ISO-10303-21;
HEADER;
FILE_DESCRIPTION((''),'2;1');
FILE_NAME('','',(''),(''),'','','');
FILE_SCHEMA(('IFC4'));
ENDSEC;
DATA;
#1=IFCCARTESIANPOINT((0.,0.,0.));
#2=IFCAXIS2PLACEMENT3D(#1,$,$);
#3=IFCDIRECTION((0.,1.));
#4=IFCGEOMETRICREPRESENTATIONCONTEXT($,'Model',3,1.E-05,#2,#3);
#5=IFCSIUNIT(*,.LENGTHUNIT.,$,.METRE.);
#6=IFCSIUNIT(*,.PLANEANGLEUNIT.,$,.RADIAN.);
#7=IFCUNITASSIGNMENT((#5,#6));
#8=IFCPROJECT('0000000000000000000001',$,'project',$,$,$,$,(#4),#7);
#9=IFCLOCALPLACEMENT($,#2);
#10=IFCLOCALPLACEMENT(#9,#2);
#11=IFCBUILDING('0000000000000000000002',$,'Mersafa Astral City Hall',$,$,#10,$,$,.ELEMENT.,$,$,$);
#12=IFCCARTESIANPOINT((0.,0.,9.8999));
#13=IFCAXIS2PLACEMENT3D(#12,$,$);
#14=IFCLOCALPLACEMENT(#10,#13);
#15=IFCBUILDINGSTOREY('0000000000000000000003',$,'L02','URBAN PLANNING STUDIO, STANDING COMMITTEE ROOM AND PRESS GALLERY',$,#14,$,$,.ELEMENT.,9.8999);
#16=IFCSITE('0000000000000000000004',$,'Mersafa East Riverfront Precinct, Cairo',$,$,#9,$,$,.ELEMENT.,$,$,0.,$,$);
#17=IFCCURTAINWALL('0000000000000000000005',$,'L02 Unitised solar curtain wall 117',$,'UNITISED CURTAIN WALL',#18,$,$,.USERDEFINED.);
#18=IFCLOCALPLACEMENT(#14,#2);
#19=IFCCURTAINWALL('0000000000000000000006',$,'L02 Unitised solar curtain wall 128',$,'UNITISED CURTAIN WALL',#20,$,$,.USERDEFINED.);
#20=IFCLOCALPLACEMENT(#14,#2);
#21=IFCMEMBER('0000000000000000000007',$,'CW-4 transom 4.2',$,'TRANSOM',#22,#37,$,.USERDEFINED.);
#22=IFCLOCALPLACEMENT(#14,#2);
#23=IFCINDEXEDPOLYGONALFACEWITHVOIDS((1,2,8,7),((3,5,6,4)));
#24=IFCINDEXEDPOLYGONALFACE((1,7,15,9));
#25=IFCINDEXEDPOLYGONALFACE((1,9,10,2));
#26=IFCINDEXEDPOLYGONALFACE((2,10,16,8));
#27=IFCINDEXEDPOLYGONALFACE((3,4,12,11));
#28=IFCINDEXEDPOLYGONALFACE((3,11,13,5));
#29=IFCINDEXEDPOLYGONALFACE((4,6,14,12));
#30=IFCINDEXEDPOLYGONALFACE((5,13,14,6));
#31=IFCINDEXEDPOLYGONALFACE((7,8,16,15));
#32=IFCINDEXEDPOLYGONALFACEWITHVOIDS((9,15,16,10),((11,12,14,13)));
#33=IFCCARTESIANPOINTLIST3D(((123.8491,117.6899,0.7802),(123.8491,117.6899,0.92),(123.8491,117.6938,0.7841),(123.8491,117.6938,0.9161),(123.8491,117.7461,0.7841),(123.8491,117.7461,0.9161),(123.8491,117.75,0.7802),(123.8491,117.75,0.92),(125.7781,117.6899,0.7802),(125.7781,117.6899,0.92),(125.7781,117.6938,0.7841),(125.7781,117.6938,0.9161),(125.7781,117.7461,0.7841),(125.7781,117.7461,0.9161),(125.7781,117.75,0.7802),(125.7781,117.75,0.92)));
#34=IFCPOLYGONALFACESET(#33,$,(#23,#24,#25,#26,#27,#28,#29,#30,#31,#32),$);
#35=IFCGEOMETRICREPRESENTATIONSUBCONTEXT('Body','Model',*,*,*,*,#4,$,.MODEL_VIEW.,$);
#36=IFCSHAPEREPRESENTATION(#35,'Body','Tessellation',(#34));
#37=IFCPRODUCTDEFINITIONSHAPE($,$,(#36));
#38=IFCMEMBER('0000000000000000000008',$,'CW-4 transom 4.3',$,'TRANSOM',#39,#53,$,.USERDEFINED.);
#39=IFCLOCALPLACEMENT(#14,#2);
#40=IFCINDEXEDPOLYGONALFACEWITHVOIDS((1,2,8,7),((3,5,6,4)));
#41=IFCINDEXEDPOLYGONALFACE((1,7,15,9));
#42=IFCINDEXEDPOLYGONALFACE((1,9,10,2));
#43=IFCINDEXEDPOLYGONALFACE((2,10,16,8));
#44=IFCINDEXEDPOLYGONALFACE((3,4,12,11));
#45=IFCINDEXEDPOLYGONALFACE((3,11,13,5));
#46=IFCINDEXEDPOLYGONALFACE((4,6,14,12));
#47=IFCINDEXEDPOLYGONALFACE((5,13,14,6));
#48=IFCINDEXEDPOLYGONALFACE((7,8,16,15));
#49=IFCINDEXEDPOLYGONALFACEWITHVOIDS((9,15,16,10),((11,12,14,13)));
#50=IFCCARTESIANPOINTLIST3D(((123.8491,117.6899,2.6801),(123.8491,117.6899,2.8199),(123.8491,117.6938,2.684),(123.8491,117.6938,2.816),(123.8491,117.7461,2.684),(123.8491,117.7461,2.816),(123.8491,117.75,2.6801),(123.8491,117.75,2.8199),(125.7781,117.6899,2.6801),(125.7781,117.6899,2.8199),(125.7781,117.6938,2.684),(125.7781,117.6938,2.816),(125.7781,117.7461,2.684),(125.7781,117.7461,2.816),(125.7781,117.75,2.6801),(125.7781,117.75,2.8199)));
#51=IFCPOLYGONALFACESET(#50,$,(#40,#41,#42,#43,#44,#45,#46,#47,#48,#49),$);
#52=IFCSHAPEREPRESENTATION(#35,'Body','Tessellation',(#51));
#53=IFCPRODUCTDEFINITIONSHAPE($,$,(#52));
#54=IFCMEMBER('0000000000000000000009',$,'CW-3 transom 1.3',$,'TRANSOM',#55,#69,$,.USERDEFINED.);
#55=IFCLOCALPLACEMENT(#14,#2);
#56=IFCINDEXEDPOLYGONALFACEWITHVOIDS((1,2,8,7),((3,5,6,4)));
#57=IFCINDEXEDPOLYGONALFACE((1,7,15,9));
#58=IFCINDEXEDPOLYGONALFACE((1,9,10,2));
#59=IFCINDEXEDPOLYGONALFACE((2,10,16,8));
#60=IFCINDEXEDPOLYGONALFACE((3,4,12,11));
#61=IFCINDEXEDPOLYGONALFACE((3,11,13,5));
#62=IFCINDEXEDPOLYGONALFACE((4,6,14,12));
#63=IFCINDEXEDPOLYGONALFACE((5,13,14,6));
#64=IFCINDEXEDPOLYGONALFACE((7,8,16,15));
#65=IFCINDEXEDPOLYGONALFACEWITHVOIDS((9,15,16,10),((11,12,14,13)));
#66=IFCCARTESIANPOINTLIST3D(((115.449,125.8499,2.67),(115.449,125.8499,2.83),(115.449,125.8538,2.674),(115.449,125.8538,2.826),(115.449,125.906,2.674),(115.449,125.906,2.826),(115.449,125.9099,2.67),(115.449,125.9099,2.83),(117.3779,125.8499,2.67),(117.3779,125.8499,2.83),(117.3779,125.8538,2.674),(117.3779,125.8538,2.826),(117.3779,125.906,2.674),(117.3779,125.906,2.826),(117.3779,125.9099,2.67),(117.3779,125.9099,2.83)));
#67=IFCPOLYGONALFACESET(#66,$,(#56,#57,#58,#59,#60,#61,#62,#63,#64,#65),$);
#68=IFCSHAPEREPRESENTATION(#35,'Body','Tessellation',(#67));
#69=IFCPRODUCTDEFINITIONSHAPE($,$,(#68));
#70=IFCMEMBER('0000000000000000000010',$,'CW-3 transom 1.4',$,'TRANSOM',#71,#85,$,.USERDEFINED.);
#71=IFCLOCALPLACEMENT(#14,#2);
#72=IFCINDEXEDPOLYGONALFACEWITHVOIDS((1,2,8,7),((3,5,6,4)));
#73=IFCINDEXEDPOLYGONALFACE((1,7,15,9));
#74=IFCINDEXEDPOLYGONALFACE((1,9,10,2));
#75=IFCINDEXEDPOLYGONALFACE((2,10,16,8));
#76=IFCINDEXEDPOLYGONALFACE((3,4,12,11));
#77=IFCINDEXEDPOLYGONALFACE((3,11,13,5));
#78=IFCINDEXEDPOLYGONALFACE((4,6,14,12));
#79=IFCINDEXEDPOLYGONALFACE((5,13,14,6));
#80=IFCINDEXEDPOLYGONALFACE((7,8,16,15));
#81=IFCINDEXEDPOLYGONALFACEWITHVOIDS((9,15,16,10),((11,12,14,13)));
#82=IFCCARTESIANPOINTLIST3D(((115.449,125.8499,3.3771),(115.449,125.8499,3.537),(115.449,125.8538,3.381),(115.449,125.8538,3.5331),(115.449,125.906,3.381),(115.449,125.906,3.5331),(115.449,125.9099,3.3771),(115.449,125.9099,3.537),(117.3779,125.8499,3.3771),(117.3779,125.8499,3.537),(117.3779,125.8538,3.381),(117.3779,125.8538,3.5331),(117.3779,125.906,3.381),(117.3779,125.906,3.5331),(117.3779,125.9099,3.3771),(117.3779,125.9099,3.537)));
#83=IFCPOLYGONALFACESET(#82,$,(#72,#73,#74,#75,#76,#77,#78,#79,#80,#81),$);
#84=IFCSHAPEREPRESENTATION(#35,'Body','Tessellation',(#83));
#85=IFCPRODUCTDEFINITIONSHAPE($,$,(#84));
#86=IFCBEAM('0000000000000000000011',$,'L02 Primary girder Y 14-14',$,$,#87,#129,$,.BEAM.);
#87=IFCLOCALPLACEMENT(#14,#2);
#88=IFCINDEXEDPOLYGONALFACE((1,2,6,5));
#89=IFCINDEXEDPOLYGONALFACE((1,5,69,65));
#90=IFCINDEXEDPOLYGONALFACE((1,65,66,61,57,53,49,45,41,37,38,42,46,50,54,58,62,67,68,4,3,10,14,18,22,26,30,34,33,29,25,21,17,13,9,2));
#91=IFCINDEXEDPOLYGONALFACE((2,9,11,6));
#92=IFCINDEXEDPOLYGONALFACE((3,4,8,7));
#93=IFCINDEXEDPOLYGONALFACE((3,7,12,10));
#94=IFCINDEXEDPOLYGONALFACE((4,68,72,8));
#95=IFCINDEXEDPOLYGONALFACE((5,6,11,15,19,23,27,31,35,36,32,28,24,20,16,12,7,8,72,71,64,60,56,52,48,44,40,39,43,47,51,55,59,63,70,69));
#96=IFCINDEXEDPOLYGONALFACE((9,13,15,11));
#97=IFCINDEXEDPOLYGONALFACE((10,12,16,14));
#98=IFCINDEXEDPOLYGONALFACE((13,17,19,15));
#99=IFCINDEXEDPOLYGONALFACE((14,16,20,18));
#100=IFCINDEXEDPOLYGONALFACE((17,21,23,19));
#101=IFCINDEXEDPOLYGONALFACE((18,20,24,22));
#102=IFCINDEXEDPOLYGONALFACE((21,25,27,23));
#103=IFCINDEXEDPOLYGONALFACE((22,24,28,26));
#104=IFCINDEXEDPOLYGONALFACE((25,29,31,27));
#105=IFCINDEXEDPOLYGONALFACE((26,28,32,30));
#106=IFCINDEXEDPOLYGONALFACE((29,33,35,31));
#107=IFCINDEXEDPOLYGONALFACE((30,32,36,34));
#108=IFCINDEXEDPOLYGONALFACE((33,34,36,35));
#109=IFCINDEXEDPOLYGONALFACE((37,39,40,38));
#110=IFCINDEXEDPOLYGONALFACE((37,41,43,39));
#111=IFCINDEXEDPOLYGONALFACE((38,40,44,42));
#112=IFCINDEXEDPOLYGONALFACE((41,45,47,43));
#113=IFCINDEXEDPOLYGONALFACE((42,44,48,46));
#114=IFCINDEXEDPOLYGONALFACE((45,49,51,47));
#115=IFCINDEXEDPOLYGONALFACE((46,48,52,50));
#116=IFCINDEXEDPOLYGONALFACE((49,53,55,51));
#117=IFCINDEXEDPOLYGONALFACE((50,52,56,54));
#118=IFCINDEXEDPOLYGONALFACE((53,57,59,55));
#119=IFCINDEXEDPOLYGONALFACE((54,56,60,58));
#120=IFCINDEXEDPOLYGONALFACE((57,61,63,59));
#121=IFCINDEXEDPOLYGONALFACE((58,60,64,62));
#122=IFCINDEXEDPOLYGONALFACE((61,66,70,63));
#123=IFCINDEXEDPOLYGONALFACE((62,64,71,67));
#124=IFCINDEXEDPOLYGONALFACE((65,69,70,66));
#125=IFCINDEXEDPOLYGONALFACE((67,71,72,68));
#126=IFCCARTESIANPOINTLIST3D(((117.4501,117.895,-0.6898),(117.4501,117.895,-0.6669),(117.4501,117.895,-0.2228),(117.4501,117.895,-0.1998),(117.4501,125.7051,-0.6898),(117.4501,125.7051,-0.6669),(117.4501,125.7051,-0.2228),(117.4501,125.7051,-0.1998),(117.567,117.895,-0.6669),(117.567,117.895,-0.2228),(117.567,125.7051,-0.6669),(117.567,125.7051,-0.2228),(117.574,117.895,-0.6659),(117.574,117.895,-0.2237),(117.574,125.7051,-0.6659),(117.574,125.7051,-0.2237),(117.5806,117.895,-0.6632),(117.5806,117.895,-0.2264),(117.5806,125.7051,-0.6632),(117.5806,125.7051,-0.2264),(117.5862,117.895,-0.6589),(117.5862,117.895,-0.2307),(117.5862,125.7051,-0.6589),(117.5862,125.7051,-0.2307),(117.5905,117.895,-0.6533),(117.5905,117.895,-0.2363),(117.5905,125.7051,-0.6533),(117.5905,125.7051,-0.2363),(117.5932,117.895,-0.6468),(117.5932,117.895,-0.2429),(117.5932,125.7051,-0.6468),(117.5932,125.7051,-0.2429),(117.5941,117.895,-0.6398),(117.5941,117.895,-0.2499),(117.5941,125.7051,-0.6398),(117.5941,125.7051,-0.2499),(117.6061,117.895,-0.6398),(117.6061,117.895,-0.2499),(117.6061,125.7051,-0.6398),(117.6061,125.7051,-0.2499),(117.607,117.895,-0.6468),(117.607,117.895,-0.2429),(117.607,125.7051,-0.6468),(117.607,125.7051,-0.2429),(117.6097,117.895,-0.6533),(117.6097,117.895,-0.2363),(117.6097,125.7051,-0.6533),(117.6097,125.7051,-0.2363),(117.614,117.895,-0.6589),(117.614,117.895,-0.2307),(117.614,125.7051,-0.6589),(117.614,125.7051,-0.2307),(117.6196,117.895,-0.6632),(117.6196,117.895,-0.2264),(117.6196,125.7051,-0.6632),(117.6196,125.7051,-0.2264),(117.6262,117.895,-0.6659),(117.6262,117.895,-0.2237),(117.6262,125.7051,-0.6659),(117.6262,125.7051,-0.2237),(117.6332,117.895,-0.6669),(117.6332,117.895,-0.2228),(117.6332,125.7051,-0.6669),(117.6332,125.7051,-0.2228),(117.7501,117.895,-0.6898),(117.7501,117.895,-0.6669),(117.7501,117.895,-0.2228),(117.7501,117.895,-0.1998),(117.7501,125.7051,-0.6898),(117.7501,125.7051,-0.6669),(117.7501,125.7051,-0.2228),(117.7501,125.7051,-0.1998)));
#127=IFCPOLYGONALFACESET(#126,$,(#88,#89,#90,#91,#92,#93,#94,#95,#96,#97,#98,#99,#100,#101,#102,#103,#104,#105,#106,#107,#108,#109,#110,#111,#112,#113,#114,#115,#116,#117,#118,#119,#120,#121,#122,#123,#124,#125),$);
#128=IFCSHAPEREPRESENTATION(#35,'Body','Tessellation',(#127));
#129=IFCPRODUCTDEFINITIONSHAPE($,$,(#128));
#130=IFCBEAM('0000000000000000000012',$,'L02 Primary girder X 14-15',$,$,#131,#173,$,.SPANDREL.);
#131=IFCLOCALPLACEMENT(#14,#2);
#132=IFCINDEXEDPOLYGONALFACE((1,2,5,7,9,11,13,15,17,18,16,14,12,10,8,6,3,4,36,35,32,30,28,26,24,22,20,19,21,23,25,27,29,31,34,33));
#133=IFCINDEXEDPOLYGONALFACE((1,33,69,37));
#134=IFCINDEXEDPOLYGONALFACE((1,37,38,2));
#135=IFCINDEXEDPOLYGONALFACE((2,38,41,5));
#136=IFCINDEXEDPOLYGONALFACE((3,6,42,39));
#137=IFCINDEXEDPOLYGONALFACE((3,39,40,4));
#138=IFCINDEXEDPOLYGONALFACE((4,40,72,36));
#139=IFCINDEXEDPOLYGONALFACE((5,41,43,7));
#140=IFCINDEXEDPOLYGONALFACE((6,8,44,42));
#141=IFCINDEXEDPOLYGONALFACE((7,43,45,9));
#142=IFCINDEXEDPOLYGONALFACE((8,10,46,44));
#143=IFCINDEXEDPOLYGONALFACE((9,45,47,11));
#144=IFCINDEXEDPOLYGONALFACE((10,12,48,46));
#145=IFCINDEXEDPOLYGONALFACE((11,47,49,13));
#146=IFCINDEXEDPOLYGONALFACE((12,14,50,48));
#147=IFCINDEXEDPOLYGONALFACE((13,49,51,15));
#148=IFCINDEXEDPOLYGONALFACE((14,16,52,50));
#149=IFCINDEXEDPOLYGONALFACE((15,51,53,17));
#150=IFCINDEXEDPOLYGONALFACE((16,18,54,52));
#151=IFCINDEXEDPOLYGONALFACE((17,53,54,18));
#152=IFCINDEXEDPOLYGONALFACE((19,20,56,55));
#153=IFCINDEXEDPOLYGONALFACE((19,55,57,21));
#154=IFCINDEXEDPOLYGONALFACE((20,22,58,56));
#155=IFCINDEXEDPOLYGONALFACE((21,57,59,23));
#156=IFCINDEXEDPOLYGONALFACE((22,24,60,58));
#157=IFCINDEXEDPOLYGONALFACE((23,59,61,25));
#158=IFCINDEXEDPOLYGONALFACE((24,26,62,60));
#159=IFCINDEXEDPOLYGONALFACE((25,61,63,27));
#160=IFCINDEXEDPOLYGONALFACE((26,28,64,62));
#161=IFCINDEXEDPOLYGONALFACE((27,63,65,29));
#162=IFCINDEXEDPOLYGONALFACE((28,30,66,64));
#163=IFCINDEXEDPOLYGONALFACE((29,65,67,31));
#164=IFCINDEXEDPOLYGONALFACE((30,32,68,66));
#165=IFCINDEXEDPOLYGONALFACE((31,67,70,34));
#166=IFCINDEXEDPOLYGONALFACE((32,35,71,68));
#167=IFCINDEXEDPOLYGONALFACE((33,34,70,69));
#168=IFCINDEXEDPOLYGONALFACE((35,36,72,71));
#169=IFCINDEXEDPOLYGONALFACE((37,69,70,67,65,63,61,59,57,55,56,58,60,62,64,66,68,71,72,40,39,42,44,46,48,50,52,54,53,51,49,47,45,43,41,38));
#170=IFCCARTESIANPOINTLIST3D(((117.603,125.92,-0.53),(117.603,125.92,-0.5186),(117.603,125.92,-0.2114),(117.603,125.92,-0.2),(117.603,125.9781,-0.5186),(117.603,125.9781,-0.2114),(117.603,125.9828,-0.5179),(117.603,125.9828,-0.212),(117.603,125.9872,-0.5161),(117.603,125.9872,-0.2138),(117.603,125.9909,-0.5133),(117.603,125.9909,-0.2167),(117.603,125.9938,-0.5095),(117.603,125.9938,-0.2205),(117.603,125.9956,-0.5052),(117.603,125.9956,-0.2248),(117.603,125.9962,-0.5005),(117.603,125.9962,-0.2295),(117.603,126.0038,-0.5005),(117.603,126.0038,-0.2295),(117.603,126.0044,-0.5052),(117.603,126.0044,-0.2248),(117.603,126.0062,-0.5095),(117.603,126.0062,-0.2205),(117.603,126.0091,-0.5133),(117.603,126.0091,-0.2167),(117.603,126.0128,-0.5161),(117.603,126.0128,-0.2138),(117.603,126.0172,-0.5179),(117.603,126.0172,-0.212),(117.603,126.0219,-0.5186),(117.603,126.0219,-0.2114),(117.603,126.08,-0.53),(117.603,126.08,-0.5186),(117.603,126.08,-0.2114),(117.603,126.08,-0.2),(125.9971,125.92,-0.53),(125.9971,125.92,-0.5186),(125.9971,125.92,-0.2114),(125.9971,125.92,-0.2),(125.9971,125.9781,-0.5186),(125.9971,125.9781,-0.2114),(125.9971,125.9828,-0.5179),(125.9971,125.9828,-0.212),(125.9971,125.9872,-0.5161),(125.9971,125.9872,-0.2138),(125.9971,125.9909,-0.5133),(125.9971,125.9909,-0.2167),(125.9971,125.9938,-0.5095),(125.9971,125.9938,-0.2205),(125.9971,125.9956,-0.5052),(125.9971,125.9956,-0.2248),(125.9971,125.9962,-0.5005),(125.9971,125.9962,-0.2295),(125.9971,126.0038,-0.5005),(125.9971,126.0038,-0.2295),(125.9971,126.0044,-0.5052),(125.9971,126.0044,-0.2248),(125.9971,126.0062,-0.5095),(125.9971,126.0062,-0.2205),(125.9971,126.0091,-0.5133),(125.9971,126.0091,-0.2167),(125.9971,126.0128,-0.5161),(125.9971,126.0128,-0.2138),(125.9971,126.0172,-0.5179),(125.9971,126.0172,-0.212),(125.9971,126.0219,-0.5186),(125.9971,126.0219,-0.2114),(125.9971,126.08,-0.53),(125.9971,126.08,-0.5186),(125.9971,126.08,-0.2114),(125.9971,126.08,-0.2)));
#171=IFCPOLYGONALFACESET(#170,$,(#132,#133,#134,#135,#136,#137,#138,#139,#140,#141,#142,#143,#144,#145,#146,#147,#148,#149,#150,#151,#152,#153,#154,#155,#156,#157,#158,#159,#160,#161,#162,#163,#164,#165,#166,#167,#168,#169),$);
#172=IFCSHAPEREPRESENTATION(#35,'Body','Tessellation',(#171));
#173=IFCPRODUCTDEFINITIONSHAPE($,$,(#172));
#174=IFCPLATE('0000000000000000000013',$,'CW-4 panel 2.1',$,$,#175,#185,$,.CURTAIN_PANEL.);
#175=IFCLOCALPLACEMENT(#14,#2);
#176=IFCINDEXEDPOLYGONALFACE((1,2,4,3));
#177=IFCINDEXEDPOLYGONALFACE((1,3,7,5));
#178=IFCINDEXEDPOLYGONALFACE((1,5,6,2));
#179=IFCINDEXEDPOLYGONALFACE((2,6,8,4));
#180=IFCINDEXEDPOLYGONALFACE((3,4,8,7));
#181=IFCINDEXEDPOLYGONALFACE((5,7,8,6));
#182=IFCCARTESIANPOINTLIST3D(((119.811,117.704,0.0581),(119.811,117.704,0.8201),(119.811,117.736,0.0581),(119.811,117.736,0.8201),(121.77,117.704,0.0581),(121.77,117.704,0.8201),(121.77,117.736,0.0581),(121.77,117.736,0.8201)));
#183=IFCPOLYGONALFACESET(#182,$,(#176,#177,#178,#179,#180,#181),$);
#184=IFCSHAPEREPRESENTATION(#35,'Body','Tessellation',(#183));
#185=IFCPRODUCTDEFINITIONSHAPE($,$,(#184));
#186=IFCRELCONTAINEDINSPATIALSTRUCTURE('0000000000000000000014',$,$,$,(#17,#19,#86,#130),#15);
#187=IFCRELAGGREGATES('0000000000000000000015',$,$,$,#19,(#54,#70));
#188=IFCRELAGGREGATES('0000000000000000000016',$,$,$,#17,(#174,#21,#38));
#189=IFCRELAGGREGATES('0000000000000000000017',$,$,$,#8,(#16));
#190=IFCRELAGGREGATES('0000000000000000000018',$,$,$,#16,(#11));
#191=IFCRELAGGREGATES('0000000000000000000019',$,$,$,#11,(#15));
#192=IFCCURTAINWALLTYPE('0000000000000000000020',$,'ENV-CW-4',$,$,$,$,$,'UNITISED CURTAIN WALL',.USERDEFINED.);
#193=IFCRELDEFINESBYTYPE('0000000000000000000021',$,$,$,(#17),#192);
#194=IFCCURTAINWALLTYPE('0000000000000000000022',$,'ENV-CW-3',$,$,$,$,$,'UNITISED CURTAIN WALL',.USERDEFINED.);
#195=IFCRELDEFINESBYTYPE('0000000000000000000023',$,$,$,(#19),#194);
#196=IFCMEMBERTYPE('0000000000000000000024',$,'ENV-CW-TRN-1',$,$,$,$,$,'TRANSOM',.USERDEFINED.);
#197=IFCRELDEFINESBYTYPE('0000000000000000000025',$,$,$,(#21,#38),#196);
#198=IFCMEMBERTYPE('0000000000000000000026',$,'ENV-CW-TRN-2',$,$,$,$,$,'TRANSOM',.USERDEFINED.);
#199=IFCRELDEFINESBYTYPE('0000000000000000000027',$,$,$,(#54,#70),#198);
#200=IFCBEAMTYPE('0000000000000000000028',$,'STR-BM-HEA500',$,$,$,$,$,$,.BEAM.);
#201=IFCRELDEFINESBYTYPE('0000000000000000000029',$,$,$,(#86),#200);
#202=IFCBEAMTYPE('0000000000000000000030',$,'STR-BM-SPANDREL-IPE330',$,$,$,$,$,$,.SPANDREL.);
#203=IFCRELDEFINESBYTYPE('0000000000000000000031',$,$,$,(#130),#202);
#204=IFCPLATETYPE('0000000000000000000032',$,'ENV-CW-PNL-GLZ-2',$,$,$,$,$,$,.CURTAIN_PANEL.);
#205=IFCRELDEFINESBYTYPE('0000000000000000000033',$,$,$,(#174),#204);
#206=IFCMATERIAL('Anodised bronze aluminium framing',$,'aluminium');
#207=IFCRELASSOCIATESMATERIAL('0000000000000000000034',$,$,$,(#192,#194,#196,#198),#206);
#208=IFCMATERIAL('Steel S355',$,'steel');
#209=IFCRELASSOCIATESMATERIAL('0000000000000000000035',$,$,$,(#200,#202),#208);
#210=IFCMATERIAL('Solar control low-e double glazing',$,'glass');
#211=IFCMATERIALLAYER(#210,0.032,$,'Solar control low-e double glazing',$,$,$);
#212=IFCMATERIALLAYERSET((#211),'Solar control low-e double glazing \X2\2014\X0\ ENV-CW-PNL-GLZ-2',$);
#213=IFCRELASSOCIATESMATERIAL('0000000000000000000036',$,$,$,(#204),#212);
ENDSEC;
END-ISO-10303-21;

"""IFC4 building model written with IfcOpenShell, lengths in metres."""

from ifc_helpers import new_model, si_unit, direction, frame, origin, origin_2d, place, context, subcontext, project, spatial, rectangle, hollow_rectangle, i_section, extrude, material, layer, layer_set, material_profile, profile_set, type_object, element, aggregate, save


model = new_model("IFC4")

# Units and contexts
model_context = context("Model", 3, precision=1e-05, world=origin(), true_north=direction((0.0, 1.0)))
body_context = subcontext(model_context, "Body", "Model", "MODEL_VIEW")
ifc_project = project(units=[si_unit("LENGTHUNIT", "METRE"), si_unit("PLANEANGLEUNIT", "RADIAN")], contexts=[model_context])

# Site, building, storey
site_placement = place(None, origin())
site = spatial("IfcSite", under=ifc_project, at=site_placement, Name="Mersafa East Riverfront Precinct, Cairo", CompositionType="ELEMENT", RefElevation=0.0)
building_placement = place(site_placement, origin())
building = spatial("IfcBuilding", under=site, at=building_placement, Name="Mersafa Astral City Hall", CompositionType="ELEMENT")
storey_placement = place(building_placement, frame((0.0, 0.0, 9.8999)))
storey = spatial("IfcBuildingStorey", under=building, at=storey_placement, Name="L02", Description="URBAN PLANNING STUDIO, STANDING COMMITTEE ROOM AND PRESS GALLERY", CompositionType="ELEMENT", Elevation=9.8999)

# Shared definitions
ifc_material_1 = material(Name="Steel S355", Category="steel")

# Curtain wall
ifc_material_2 = material(Name="Anodised bronze aluminium framing", Category="aluminium")
curtain_wall_type_1 = type_object("IfcCurtainWallType", Name="ENV-CW-4", ElementType="UNITISED CURTAIN WALL", PredefinedType="USERDEFINED", material=ifc_material_2)
curtain_wall_1_placement = place(storey_placement, origin())
curtain_wall_1 = element("IfcCurtainWall", 1, at=curtain_wall_1_placement, inside=storey, type_object=curtain_wall_type_1, Name="L02 Unitised solar curtain wall 117", ObjectType="UNITISED CURTAIN WALL", PredefinedType="USERDEFINED")

# Curtain wall
curtain_wall_type_2 = type_object("IfcCurtainWallType", Name="ENV-CW-3", ElementType="UNITISED CURTAIN WALL", PredefinedType="USERDEFINED", material=ifc_material_2)
curtain_wall_2_placement = place(storey_placement, origin())
curtain_wall_2 = element("IfcCurtainWall", 2, at=curtain_wall_2_placement, inside=storey, type_object=curtain_wall_type_2, Name="L02 Unitised solar curtain wall 128", ObjectType="UNITISED CURTAIN WALL", PredefinedType="USERDEFINED")

# Members
ifc_material_profile_1 = material_profile(ifc_material_2, hollow_rectangle(XDim=0.0601, YDim=0.1399, WallThickness=0.0039, at=origin_2d()), Name="RHS 60x140x4")
ifc_profile_set_1 = profile_set([ifc_material_profile_1], Name="Anodised bronze aluminium framing")
member_type_1 = type_object("IfcMemberType", Name="ENV-CW-TRN-1", ElementType="TRANSOM", PredefinedType="USERDEFINED", material=ifc_profile_set_1)
member_1_placement = place(storey_placement, frame((123.8491, 117.72, 0.8501), z_axis=(1.0, 0.0, 0.0), x_axis=(0.0, 1.0, 0.0)))
member_1 = element("IfcMember", 3, at=member_1_placement, type_object=member_type_1, Name="CW-4 transom 4.2", ObjectType="TRANSOM", PredefinedType="USERDEFINED", context=body_context, shape_type="SweptSolid", body=[
    extrude(hollow_rectangle(XDim=0.0601, YDim=0.1399, WallThickness=0.0039, at=origin_2d()), origin(), (0.0, 0.0, 1.0), 1.929),
])
member_2_placement = place(storey_placement, frame((123.8491, 117.72, 2.75), z_axis=(1.0, 0.0, 0.0), x_axis=(0.0, 1.0, 0.0)))
member_2 = element("IfcMember", 4, at=member_2_placement, type_object=member_type_1, Name="CW-4 transom 4.3", ObjectType="TRANSOM", PredefinedType="USERDEFINED", context=body_context, shape_type="SweptSolid", body=[
    extrude(hollow_rectangle(XDim=0.0601, YDim=0.1399, WallThickness=0.0039, at=origin_2d()), origin(), (0.0, 0.0, 1.0), 1.929),
])
ifc_material_profile_2 = material_profile(ifc_material_2, hollow_rectangle(XDim=0.0601, YDim=0.1599, WallThickness=0.0039, at=origin_2d()), Name="RHS 60x160x4")
ifc_profile_set_2 = profile_set([ifc_material_profile_2], Name="Anodised bronze aluminium framing")
member_type_2 = type_object("IfcMemberType", Name="ENV-CW-TRN-2", ElementType="TRANSOM", PredefinedType="USERDEFINED", material=ifc_profile_set_2)
member_3_placement = place(storey_placement, frame((117.3779, 125.8799, 2.75), z_axis=(-1.0, 0.0, 0.0), x_axis=(0.0, -1.0, 0.0)))
member_3 = element("IfcMember", 5, at=member_3_placement, type_object=member_type_2, Name="CW-3 transom 1.3", ObjectType="TRANSOM", PredefinedType="USERDEFINED", context=body_context, shape_type="SweptSolid", body=[
    extrude(hollow_rectangle(XDim=0.0601, YDim=0.1599, WallThickness=0.0039, at=origin_2d()), origin(), (0.0, 0.0, 1.0), 1.929),
])
member_4_placement = place(storey_placement, frame((117.3779, 125.8799, 3.457), z_axis=(-1.0, 0.0, 0.0), x_axis=(0.0, -1.0, 0.0)))
member_4 = element("IfcMember", 6, at=member_4_placement, type_object=member_type_2, Name="CW-3 transom 1.4", ObjectType="TRANSOM", PredefinedType="USERDEFINED", context=body_context, shape_type="SweptSolid", body=[
    extrude(hollow_rectangle(XDim=0.0601, YDim=0.1599, WallThickness=0.0039, at=origin_2d()), origin(), (0.0, 0.0, 1.0), 1.929),
])
aggregate(curtain_wall_2, [member_3, member_4])

# Beams
ifc_material_profile_3 = material_profile(ifc_material_1, i_section(OverallWidth=0.3, OverallDepth=0.49, WebThickness=0.012, FlangeThickness=0.0229, FilletRadius=0.0271, at=origin_2d()), Name="HEA 500")
ifc_profile_set_3 = profile_set([ifc_material_profile_3], Name="Steel S355")
beam_type_1 = type_object("IfcBeamType", Name="STR-BM-HEA500", PredefinedType="BEAM", material=ifc_profile_set_3)
beam_1_placement = place(storey_placement, frame((117.6001, 117.895, -0.4448), z_axis=(0.0, 1.0, 0.0), x_axis=(-1.0, 0.0, 0.0)))
element("IfcBeam", 7, at=beam_1_placement, inside=storey, type_object=beam_type_1, Name="L02 Primary girder Y 14-14", PredefinedType="BEAM", context=body_context, shape_type="SweptSolid", body=[
    extrude(i_section(OverallWidth=0.3, OverallDepth=0.49, WebThickness=0.012, FlangeThickness=0.0229, FilletRadius=0.0271, at=origin_2d()), origin(), (0.0, 0.0, 1.0), 7.8101),
])
ifc_material_profile_4 = material_profile(ifc_material_1, i_section(OverallWidth=0.1599, OverallDepth=0.3301, WebThickness=0.0076, FlangeThickness=0.0115, FilletRadius=0.0181, at=origin_2d()), Name="IPE 330")
ifc_profile_set_4 = profile_set([ifc_material_profile_4], Name="Steel S355")
beam_type_2 = type_object("IfcBeamType", Name="STR-BM-SPANDREL-IPE330", PredefinedType="SPANDREL", material=ifc_profile_set_4)
beam_2_placement = place(storey_placement, frame((117.603, 126.0, -0.365), z_axis=(1.0, 0.0, 0.0), x_axis=(0.0, 1.0, 0.0)))
element("IfcBeam", 8, at=beam_2_placement, inside=storey, type_object=beam_type_2, Name="L02 Primary girder X 14-15", PredefinedType="SPANDREL", context=body_context, shape_type="SweptSolid", body=[
    extrude(i_section(OverallWidth=0.1599, OverallDepth=0.3301, WebThickness=0.0076, FlangeThickness=0.0115, FilletRadius=0.0181, at=origin_2d()), origin(), (0.0, 0.0, 1.0), 8.394),
])

# Plate
ifc_material_3 = material(Name="Solar control low-e double glazing", Category="glass")
ifc_layer_1 = layer(ifc_material_3, 0.032, Name="Solar control low-e double glazing")
ifc_layer_set_1 = layer_set([ifc_layer_1], Name="Solar control low-e double glazing — ENV-CW-PNL-GLZ-2")
plate_type = type_object("IfcPlateType", Name="ENV-CW-PNL-GLZ-2", PredefinedType="CURTAIN_PANEL", material=ifc_layer_set_1)
plate_1_placement = place(storey_placement, frame((120.7905, 117.72, 0.0581), z_axis=(0.0, 0.0, 1.0), x_axis=(1.0, 0.0, 0.0)))
plate_1 = element("IfcPlate", 9, at=plate_1_placement, type_object=plate_type, Name="CW-4 panel 2.1", PredefinedType="CURTAIN_PANEL", context=body_context, shape_type="SweptSolid", body=[
    extrude(rectangle(XDim=1.959, YDim=0.032, at=origin_2d()), origin(), (0.0, 0.0, 1.0), 0.762),
])
aggregate(curtain_wall_1, [plate_1, member_1, member_2])

save(model, "model.ifc")
